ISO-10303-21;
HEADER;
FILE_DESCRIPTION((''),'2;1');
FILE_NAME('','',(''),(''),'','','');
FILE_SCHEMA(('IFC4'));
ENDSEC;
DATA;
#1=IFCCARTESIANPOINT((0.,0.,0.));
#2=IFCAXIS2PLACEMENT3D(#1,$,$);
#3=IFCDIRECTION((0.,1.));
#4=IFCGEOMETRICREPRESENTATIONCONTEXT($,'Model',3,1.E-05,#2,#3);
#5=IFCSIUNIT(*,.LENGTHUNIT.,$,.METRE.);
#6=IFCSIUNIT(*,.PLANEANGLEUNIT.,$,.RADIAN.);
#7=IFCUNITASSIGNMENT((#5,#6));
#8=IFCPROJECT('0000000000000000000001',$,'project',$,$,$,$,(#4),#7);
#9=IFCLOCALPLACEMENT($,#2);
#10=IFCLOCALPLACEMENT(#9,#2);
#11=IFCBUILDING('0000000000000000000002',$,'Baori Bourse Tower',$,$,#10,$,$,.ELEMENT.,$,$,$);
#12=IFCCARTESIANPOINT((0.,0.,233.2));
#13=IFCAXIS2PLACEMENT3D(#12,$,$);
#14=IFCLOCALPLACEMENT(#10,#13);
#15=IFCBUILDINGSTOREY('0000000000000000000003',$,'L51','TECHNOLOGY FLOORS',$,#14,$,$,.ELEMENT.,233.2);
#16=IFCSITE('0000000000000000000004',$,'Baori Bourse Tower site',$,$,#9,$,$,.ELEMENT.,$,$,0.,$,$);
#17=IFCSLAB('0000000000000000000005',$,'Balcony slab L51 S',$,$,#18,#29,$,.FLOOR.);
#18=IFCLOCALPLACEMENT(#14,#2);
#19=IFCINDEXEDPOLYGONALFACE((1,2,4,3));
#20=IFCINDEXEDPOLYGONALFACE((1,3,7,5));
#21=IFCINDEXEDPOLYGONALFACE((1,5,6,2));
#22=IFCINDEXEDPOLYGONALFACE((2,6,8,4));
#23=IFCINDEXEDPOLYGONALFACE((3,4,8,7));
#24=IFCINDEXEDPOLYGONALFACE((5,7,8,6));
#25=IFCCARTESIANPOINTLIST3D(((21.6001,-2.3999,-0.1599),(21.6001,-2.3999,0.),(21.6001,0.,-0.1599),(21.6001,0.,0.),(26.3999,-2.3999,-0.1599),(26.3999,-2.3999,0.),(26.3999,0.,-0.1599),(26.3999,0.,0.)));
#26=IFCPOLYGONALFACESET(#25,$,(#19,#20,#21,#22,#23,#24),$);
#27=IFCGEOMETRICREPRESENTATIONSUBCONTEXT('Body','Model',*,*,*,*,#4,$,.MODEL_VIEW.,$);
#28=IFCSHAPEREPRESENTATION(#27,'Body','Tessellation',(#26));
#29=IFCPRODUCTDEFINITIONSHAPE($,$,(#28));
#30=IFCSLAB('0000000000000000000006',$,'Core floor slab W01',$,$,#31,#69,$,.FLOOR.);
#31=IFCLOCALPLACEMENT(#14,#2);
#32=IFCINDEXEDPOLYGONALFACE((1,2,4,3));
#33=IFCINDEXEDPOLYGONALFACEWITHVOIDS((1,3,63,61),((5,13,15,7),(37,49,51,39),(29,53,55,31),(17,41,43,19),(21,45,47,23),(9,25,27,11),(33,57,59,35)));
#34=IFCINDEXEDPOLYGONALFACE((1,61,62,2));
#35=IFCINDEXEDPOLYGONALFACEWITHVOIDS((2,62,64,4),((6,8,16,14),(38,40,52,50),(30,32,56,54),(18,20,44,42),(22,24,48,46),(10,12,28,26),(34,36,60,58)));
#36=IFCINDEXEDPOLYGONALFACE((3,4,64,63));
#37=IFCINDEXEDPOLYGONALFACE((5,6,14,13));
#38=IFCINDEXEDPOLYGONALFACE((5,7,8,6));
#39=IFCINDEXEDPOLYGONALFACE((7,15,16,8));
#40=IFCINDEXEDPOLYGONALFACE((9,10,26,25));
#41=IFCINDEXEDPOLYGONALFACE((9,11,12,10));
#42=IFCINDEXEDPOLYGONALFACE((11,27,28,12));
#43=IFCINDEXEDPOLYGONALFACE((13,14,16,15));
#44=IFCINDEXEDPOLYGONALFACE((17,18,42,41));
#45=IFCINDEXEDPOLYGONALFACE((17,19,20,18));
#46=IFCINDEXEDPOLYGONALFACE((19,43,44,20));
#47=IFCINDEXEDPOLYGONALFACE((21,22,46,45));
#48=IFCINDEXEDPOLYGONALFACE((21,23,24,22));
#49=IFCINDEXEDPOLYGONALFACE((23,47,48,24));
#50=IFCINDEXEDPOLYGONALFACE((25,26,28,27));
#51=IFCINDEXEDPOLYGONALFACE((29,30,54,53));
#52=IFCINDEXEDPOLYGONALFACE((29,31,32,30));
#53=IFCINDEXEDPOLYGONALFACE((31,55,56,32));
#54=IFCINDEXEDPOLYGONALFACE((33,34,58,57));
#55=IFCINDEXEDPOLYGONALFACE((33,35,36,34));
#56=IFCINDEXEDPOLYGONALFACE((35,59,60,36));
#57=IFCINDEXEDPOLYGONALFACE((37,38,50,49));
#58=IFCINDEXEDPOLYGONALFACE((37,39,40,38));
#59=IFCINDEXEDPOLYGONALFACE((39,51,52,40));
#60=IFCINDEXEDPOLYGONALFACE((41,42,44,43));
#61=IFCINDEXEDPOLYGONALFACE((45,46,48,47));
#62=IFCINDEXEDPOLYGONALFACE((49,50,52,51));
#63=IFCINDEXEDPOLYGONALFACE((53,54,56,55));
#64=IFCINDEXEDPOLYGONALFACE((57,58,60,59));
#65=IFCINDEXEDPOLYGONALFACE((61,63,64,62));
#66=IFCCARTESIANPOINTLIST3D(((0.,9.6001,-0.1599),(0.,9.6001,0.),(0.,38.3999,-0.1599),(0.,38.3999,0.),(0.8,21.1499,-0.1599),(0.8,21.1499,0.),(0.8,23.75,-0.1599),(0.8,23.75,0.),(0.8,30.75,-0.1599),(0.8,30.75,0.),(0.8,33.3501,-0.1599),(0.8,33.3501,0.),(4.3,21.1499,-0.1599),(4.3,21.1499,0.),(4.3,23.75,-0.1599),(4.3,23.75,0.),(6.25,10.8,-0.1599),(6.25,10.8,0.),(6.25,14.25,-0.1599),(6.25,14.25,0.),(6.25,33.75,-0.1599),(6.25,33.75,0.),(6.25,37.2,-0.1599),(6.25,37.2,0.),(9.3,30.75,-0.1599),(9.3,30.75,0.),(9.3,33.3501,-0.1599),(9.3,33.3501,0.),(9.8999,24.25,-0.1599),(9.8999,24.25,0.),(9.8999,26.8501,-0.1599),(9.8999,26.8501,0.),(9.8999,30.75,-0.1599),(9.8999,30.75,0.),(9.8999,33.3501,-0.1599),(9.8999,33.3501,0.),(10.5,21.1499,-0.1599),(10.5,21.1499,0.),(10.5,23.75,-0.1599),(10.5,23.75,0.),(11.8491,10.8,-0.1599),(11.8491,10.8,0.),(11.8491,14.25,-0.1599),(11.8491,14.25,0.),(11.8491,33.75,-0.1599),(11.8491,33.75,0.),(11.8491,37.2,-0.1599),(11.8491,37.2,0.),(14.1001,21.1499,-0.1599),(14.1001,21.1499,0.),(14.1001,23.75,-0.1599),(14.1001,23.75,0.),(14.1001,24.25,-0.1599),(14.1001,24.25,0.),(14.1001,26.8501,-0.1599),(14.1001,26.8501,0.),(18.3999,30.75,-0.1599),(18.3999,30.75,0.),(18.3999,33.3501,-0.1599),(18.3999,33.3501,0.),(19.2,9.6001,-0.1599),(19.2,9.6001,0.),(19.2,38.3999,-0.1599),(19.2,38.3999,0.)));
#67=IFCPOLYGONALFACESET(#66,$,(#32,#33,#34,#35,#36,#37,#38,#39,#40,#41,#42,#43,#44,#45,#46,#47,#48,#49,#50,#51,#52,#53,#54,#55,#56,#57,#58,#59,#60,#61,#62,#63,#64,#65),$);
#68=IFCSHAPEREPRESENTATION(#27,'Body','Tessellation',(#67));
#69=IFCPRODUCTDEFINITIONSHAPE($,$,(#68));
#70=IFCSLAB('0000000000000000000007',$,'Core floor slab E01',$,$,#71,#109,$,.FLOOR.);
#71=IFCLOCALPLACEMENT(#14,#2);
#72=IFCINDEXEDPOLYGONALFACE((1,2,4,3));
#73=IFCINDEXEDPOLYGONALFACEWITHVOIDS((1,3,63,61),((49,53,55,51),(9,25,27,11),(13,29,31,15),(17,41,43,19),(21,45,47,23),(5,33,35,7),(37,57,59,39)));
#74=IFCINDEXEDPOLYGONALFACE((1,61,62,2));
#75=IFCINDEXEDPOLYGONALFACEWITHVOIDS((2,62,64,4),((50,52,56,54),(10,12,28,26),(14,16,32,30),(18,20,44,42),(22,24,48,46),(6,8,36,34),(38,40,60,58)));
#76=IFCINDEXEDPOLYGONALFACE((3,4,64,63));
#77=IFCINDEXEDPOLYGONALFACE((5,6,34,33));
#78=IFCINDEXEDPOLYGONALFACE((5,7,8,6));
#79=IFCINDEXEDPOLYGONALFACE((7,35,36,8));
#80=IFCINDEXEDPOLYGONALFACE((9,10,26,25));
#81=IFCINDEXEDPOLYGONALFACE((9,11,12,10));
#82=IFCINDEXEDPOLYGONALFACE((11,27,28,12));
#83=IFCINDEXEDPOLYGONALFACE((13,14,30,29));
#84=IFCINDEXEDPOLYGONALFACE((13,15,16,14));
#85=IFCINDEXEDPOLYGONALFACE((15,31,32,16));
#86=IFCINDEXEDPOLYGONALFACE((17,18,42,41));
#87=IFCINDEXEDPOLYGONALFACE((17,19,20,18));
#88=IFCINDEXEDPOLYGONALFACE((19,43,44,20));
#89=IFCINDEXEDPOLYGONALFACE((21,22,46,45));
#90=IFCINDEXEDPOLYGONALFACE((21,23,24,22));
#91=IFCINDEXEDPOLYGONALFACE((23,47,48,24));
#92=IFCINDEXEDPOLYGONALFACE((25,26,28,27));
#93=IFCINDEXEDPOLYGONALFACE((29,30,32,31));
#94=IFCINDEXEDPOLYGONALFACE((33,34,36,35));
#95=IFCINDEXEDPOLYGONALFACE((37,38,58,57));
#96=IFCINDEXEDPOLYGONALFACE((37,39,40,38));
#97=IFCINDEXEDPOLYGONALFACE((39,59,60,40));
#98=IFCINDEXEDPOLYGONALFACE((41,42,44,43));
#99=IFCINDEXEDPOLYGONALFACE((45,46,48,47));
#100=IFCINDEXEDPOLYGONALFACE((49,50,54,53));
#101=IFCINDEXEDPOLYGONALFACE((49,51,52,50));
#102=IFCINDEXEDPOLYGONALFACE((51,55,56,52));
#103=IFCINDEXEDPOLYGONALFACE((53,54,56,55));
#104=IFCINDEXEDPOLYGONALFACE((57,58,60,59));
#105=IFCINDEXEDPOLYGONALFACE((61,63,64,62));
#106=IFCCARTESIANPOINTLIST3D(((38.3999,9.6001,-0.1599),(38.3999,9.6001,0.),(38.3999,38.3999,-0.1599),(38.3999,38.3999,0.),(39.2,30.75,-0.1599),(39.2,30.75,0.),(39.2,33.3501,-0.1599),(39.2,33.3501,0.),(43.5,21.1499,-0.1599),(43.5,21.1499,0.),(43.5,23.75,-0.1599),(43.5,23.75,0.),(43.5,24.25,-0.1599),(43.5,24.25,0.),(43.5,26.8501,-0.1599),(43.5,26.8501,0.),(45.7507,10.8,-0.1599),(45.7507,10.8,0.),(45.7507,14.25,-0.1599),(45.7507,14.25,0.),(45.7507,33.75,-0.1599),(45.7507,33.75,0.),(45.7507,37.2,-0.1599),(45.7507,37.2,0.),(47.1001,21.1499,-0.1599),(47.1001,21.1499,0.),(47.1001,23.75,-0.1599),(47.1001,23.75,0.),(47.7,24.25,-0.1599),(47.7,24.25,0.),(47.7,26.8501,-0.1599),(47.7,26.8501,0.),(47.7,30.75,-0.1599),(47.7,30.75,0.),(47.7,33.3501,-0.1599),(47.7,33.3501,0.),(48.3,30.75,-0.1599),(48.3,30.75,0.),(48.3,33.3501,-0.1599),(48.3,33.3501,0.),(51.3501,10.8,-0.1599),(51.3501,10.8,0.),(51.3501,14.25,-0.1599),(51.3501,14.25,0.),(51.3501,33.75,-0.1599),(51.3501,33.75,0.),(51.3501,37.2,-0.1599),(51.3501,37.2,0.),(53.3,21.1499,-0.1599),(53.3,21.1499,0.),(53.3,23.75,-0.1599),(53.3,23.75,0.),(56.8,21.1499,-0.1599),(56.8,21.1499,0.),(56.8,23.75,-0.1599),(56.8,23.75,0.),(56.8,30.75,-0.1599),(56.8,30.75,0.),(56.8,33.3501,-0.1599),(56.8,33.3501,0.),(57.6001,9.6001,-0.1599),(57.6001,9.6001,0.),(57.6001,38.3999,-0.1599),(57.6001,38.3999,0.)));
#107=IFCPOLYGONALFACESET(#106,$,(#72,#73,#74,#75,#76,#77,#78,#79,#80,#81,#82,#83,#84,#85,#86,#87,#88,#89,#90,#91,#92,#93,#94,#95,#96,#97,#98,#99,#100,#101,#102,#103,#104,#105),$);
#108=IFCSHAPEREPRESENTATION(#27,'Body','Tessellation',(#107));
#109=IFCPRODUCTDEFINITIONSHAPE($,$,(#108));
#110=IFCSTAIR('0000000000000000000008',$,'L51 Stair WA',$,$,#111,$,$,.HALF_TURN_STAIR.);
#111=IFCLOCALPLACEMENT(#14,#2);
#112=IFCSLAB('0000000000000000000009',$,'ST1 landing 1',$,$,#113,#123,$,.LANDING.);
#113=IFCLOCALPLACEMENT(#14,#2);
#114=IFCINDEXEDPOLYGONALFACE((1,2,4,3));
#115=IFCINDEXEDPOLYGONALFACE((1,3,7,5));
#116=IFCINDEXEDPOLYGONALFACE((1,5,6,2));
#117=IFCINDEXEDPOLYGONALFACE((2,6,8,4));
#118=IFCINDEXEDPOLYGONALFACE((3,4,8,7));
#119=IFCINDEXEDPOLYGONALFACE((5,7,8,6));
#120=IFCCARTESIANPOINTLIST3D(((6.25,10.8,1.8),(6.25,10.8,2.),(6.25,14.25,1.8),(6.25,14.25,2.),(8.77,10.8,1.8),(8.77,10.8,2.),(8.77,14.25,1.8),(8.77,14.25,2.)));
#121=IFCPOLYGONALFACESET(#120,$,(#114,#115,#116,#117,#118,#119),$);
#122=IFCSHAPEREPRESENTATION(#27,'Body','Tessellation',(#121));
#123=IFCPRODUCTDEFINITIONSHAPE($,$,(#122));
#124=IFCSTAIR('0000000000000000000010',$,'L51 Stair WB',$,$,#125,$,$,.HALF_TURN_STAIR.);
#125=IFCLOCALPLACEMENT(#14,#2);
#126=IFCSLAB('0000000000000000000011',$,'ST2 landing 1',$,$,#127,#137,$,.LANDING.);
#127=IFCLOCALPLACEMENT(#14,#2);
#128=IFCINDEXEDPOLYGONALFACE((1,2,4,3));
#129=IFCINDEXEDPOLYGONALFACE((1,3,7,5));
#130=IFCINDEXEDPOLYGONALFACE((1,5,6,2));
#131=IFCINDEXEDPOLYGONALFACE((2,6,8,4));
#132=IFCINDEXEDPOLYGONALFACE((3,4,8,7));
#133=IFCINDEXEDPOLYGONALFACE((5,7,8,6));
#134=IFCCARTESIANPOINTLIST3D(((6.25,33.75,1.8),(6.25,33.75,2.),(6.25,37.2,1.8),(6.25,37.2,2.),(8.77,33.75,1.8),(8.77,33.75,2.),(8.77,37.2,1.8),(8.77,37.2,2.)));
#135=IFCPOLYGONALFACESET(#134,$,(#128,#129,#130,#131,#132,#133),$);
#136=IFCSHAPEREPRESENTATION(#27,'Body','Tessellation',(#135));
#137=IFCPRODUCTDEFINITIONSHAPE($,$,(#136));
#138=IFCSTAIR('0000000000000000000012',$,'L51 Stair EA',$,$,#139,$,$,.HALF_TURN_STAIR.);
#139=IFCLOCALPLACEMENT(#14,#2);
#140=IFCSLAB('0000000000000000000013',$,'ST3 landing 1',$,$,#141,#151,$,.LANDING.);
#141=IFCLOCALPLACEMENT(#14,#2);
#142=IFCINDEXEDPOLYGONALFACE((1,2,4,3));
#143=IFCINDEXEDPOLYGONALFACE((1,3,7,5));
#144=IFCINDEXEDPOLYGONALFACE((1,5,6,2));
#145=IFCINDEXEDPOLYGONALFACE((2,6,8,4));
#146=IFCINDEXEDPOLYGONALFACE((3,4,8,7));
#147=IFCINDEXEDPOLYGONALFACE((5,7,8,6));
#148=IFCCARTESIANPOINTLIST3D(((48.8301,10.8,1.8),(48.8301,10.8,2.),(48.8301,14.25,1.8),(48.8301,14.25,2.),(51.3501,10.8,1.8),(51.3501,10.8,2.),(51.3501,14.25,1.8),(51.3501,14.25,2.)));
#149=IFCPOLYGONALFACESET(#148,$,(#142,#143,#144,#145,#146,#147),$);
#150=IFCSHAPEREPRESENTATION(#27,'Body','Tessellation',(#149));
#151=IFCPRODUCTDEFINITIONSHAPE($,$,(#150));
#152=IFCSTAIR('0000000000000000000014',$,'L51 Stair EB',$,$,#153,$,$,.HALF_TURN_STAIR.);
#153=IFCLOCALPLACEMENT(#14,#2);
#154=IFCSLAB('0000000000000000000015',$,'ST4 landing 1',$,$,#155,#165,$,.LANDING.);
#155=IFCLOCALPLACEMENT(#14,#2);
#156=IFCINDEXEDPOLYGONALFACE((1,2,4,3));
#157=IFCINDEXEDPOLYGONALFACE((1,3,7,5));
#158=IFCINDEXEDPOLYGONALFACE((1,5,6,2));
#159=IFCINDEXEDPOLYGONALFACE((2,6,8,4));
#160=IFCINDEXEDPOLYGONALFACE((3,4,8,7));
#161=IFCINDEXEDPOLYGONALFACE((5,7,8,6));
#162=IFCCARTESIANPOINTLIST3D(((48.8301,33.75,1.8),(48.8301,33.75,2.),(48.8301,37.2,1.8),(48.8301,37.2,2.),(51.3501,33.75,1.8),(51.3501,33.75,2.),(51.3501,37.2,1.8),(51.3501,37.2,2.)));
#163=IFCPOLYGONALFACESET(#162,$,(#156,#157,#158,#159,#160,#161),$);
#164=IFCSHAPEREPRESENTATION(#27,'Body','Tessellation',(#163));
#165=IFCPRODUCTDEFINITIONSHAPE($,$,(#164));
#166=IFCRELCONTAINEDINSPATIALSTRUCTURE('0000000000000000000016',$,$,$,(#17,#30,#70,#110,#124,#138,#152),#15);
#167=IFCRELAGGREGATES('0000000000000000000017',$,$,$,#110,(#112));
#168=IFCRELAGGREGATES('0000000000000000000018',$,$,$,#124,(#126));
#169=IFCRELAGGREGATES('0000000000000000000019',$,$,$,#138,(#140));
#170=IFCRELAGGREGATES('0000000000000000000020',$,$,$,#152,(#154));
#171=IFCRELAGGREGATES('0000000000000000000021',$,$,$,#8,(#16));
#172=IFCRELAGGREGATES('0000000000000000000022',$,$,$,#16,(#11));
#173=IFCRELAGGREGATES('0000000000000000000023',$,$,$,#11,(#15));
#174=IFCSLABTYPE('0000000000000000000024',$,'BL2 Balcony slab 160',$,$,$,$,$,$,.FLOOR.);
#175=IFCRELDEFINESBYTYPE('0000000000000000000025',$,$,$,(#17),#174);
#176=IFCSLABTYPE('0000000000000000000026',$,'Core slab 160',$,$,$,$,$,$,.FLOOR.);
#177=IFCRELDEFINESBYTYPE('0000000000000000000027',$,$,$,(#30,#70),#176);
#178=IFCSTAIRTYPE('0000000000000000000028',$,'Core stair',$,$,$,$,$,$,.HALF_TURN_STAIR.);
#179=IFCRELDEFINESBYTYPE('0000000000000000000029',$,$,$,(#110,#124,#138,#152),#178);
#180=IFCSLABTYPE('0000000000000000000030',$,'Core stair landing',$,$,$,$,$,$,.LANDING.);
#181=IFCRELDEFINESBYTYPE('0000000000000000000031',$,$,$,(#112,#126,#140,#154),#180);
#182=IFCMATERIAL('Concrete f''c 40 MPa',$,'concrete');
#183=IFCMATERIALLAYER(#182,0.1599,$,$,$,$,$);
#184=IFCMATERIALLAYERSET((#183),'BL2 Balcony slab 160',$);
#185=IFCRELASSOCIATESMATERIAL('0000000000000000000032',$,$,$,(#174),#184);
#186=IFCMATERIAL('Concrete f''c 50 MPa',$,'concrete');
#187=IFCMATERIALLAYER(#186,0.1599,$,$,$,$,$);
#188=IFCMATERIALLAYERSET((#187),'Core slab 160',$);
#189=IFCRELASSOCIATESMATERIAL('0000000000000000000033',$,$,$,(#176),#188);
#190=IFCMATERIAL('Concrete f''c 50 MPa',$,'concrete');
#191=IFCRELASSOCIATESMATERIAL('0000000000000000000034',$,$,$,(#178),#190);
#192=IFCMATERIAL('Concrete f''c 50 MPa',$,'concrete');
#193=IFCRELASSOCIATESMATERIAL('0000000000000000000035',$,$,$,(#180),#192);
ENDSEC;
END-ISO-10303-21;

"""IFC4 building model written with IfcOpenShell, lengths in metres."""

from ifc_helpers import new_model, si_unit, direction, frame, origin, place, context, subcontext, project, spatial, polyline, outline, extrude, material, layer, layer_set, type_object, element, aggregate, save


model = new_model("IFC4")

# Units and contexts
model_context = context("Model", 3, precision=1e-05, world=origin(), true_north=direction((0.0, 1.0)))
body_context = subcontext(model_context, "Body", "Model", "MODEL_VIEW")
ifc_project = project(units=[si_unit("LENGTHUNIT", "METRE"), si_unit("PLANEANGLEUNIT", "RADIAN")], contexts=[model_context])

# Site, building, storey
site_placement = place(None, origin())
site = spatial("IfcSite", under=ifc_project, at=site_placement, Name="Baori Bourse Tower site", CompositionType="ELEMENT", RefElevation=0.0)
building_placement = place(site_placement, origin())
building = spatial("IfcBuilding", under=site, at=building_placement, Name="Baori Bourse Tower", CompositionType="ELEMENT")
storey_placement = place(building_placement, frame((0.0, 0.0, 233.2)))
storey = spatial("IfcBuildingStorey", under=building, at=storey_placement, Name="L51", Description="TECHNOLOGY FLOORS", CompositionType="ELEMENT", Elevation=233.2)

# Slabs
ifc_material_1 = material(Name="Concrete f'c 40 MPa", Category="concrete")
ifc_layer_1 = layer(ifc_material_1, 0.1599)
ifc_layer_set_1 = layer_set([ifc_layer_1], Name="BL2 Balcony slab 160")
slab_type_1 = type_object("IfcSlabType", Name="BL2 Balcony slab 160", PredefinedType="FLOOR", material=ifc_layer_set_1)
slab_1_placement = place(storey_placement, frame((0.0, 0.0, -0.1599)))
element("IfcSlab", 1, at=slab_1_placement, inside=storey, type_object=slab_type_1, Name="Balcony slab L51 S", PredefinedType="FLOOR", context=body_context, shape_type="SweptSolid", body=[
    extrude(outline(polyline([(21.6001, 0.0), (21.6001, -2.3999), (26.3999, -2.3999), (26.3999, 0.0), (21.6001, 0.0)])), origin(), (0.0, 0.0, 1.0), 0.1599),
])
ifc_material_2 = material(Name="Concrete f'c 50 MPa", Category="concrete")
ifc_layer_2 = layer(ifc_material_2, 0.1599)
ifc_layer_set_2 = layer_set([ifc_layer_2], Name="Core slab 160")
slab_type_2 = type_object("IfcSlabType", Name="Core slab 160", PredefinedType="FLOOR", material=ifc_layer_set_2)
slab_2_placement = place(storey_placement, frame((0.0, 0.0, -0.1599)))
element("IfcSlab", 2, at=slab_2_placement, inside=storey, type_object=slab_type_2, Name="Core floor slab W01", PredefinedType="FLOOR", context=body_context, shape_type="SweptSolid", body=[
    extrude(outline(polyline([(19.2, 38.3999), (0.0, 38.3999), (0.0, 9.6001), (19.2, 9.6001), (19.2, 38.3999)]), holes=[polyline([(9.8999, 33.3501), (18.3999, 33.3501), (18.3999, 30.75), (9.8999, 30.75), (9.8999, 33.3501)]), polyline([(10.5, 21.1499), (10.5, 23.75), (14.1001, 23.75), (14.1001, 21.1499), (10.5, 21.1499)]), polyline([(14.1001, 24.25), (9.8999, 24.25), (9.8999, 26.8501), (14.1001, 26.8501), (14.1001, 24.25)]), polyline([(6.25, 14.25), (11.8491, 14.25), (11.8491, 10.8), (6.25, 10.8), (6.25, 14.25)]), polyline([(11.8491, 37.2), (11.8491, 33.75), (6.25, 33.75), (6.25, 37.2), (11.8491, 37.2)]), polyline([(0.8, 30.75), (0.8, 33.3501), (9.3, 33.3501), (9.3, 30.75), (0.8, 30.75)]), polyline([(4.3, 23.75), (4.3, 21.1499), (0.8, 21.1499), (0.8, 23.75), (4.3, 23.75)])]), origin(), (0.0, 0.0, 1.0), 0.1599),
])
slab_3_placement = place(storey_placement, frame((0.0, 0.0, -0.1599)))
element("IfcSlab", 3, at=slab_3_placement, inside=storey, type_object=slab_type_2, Name="Core floor slab E01", PredefinedType="FLOOR", context=body_context, shape_type="SweptSolid", body=[
    extrude(outline(polyline([(57.6001, 9.6001), (57.6001, 38.3999), (38.3999, 38.3999), (38.3999, 9.6001), (57.6001, 9.6001)]), holes=[polyline([(48.3, 33.3501), (56.8, 33.3501), (56.8, 30.75), (48.3, 30.75), (48.3, 33.3501)]), polyline([(56.8, 21.1499), (53.3, 21.1499), (53.3, 23.75), (56.8, 23.75), (56.8, 21.1499)]), polyline([(45.7507, 14.25), (51.3501, 14.25), (51.3501, 10.8), (45.7507, 10.8), (45.7507, 14.25)]), polyline([(51.3501, 37.2), (51.3501, 33.75), (45.7507, 33.75), (45.7507, 37.2), (51.3501, 37.2)]), polyline([(43.5, 24.25), (43.5, 26.8501), (47.7, 26.8501), (47.7, 24.25), (43.5, 24.25)]), polyline([(47.7, 33.3501), (47.7, 30.75), (39.2, 30.75), (39.2, 33.3501), (47.7, 33.3501)]), polyline([(43.5, 23.75), (47.1001, 23.75), (47.1001, 21.1499), (43.5, 21.1499), (43.5, 23.75)])]), origin(), (0.0, 0.0, 1.0), 0.1599),
])

# Stairs, slabs
ifc_material_3 = material(Name="Concrete f'c 50 MPa", Category="concrete")
stair_type = type_object("IfcStairType", Name="Core stair", PredefinedType="HALF_TURN_STAIR", material=ifc_material_3)
stair_1_placement = place(storey_placement, origin())
stair_1 = element("IfcStair", 4, at=stair_1_placement, inside=storey, type_object=stair_type, Name="L51 Stair WA", PredefinedType="HALF_TURN_STAIR")
ifc_material_4 = material(Name="Concrete f'c 50 MPa", Category="concrete")
slab_type_3 = type_object("IfcSlabType", Name="Core stair landing", PredefinedType="LANDING", material=ifc_material_4)
slab_4_placement = place(storey_placement, frame((0.0, 0.0, 1.8)))
slab_4 = element("IfcSlab", 5, at=slab_4_placement, type_object=slab_type_3, Name="ST1 landing 1", PredefinedType="LANDING", context=body_context, shape_type="SweptSolid", body=[
    extrude(outline(polyline([(8.77, 14.25), (6.25, 14.25), (6.25, 10.8), (8.77, 10.8), (8.77, 14.25)])), origin(), (0.0, 0.0, 1.0), 0.2),
])
aggregate(stair_1, [slab_4])
stair_2_placement = place(storey_placement, origin())
stair_2 = element("IfcStair", 6, at=stair_2_placement, inside=storey, type_object=stair_type, Name="L51 Stair WB", PredefinedType="HALF_TURN_STAIR")
slab_5_placement = place(storey_placement, frame((0.0, 0.0, 1.8)))
slab_5 = element("IfcSlab", 7, at=slab_5_placement, type_object=slab_type_3, Name="ST2 landing 1", PredefinedType="LANDING", context=body_context, shape_type="SweptSolid", body=[
    extrude(outline(polyline([(8.77, 37.2), (6.25, 37.2), (6.25, 33.75), (8.77, 33.75), (8.77, 37.2)])), origin(), (0.0, 0.0, 1.0), 0.2),
])
aggregate(stair_2, [slab_5])
stair_3_placement = place(storey_placement, origin())
stair_3 = element("IfcStair", 8, at=stair_3_placement, inside=storey, type_object=stair_type, Name="L51 Stair EA", PredefinedType="HALF_TURN_STAIR")
slab_6_placement = place(storey_placement, frame((0.0, 0.0, 1.8)))
slab_6 = element("IfcSlab", 9, at=slab_6_placement, type_object=slab_type_3, Name="ST3 landing 1", PredefinedType="LANDING", context=body_context, shape_type="SweptSolid", body=[
    extrude(outline(polyline([(48.8301, 10.8), (51.3501, 10.8), (51.3501, 14.25), (48.8301, 14.25), (48.8301, 10.8)])), origin(), (0.0, 0.0, 1.0), 0.2),
])
aggregate(stair_3, [slab_6])
stair_4_placement = place(storey_placement, origin())
stair_4 = element("IfcStair", 10, at=stair_4_placement, inside=storey, type_object=stair_type, Name="L51 Stair EB", PredefinedType="HALF_TURN_STAIR")
slab_7_placement = place(storey_placement, frame((0.0, 0.0, 1.8)))
slab_7 = element("IfcSlab", 11, at=slab_7_placement, type_object=slab_type_3, Name="ST4 landing 1", PredefinedType="LANDING", context=body_context, shape_type="SweptSolid", body=[
    extrude(outline(polyline([(48.8301, 33.75), (51.3501, 33.75), (51.3501, 37.2), (48.8301, 37.2), (48.8301, 33.75)])), origin(), (0.0, 0.0, 1.0), 0.2),
])
aggregate(stair_4, [slab_7])

save(model, "model.ifc")
